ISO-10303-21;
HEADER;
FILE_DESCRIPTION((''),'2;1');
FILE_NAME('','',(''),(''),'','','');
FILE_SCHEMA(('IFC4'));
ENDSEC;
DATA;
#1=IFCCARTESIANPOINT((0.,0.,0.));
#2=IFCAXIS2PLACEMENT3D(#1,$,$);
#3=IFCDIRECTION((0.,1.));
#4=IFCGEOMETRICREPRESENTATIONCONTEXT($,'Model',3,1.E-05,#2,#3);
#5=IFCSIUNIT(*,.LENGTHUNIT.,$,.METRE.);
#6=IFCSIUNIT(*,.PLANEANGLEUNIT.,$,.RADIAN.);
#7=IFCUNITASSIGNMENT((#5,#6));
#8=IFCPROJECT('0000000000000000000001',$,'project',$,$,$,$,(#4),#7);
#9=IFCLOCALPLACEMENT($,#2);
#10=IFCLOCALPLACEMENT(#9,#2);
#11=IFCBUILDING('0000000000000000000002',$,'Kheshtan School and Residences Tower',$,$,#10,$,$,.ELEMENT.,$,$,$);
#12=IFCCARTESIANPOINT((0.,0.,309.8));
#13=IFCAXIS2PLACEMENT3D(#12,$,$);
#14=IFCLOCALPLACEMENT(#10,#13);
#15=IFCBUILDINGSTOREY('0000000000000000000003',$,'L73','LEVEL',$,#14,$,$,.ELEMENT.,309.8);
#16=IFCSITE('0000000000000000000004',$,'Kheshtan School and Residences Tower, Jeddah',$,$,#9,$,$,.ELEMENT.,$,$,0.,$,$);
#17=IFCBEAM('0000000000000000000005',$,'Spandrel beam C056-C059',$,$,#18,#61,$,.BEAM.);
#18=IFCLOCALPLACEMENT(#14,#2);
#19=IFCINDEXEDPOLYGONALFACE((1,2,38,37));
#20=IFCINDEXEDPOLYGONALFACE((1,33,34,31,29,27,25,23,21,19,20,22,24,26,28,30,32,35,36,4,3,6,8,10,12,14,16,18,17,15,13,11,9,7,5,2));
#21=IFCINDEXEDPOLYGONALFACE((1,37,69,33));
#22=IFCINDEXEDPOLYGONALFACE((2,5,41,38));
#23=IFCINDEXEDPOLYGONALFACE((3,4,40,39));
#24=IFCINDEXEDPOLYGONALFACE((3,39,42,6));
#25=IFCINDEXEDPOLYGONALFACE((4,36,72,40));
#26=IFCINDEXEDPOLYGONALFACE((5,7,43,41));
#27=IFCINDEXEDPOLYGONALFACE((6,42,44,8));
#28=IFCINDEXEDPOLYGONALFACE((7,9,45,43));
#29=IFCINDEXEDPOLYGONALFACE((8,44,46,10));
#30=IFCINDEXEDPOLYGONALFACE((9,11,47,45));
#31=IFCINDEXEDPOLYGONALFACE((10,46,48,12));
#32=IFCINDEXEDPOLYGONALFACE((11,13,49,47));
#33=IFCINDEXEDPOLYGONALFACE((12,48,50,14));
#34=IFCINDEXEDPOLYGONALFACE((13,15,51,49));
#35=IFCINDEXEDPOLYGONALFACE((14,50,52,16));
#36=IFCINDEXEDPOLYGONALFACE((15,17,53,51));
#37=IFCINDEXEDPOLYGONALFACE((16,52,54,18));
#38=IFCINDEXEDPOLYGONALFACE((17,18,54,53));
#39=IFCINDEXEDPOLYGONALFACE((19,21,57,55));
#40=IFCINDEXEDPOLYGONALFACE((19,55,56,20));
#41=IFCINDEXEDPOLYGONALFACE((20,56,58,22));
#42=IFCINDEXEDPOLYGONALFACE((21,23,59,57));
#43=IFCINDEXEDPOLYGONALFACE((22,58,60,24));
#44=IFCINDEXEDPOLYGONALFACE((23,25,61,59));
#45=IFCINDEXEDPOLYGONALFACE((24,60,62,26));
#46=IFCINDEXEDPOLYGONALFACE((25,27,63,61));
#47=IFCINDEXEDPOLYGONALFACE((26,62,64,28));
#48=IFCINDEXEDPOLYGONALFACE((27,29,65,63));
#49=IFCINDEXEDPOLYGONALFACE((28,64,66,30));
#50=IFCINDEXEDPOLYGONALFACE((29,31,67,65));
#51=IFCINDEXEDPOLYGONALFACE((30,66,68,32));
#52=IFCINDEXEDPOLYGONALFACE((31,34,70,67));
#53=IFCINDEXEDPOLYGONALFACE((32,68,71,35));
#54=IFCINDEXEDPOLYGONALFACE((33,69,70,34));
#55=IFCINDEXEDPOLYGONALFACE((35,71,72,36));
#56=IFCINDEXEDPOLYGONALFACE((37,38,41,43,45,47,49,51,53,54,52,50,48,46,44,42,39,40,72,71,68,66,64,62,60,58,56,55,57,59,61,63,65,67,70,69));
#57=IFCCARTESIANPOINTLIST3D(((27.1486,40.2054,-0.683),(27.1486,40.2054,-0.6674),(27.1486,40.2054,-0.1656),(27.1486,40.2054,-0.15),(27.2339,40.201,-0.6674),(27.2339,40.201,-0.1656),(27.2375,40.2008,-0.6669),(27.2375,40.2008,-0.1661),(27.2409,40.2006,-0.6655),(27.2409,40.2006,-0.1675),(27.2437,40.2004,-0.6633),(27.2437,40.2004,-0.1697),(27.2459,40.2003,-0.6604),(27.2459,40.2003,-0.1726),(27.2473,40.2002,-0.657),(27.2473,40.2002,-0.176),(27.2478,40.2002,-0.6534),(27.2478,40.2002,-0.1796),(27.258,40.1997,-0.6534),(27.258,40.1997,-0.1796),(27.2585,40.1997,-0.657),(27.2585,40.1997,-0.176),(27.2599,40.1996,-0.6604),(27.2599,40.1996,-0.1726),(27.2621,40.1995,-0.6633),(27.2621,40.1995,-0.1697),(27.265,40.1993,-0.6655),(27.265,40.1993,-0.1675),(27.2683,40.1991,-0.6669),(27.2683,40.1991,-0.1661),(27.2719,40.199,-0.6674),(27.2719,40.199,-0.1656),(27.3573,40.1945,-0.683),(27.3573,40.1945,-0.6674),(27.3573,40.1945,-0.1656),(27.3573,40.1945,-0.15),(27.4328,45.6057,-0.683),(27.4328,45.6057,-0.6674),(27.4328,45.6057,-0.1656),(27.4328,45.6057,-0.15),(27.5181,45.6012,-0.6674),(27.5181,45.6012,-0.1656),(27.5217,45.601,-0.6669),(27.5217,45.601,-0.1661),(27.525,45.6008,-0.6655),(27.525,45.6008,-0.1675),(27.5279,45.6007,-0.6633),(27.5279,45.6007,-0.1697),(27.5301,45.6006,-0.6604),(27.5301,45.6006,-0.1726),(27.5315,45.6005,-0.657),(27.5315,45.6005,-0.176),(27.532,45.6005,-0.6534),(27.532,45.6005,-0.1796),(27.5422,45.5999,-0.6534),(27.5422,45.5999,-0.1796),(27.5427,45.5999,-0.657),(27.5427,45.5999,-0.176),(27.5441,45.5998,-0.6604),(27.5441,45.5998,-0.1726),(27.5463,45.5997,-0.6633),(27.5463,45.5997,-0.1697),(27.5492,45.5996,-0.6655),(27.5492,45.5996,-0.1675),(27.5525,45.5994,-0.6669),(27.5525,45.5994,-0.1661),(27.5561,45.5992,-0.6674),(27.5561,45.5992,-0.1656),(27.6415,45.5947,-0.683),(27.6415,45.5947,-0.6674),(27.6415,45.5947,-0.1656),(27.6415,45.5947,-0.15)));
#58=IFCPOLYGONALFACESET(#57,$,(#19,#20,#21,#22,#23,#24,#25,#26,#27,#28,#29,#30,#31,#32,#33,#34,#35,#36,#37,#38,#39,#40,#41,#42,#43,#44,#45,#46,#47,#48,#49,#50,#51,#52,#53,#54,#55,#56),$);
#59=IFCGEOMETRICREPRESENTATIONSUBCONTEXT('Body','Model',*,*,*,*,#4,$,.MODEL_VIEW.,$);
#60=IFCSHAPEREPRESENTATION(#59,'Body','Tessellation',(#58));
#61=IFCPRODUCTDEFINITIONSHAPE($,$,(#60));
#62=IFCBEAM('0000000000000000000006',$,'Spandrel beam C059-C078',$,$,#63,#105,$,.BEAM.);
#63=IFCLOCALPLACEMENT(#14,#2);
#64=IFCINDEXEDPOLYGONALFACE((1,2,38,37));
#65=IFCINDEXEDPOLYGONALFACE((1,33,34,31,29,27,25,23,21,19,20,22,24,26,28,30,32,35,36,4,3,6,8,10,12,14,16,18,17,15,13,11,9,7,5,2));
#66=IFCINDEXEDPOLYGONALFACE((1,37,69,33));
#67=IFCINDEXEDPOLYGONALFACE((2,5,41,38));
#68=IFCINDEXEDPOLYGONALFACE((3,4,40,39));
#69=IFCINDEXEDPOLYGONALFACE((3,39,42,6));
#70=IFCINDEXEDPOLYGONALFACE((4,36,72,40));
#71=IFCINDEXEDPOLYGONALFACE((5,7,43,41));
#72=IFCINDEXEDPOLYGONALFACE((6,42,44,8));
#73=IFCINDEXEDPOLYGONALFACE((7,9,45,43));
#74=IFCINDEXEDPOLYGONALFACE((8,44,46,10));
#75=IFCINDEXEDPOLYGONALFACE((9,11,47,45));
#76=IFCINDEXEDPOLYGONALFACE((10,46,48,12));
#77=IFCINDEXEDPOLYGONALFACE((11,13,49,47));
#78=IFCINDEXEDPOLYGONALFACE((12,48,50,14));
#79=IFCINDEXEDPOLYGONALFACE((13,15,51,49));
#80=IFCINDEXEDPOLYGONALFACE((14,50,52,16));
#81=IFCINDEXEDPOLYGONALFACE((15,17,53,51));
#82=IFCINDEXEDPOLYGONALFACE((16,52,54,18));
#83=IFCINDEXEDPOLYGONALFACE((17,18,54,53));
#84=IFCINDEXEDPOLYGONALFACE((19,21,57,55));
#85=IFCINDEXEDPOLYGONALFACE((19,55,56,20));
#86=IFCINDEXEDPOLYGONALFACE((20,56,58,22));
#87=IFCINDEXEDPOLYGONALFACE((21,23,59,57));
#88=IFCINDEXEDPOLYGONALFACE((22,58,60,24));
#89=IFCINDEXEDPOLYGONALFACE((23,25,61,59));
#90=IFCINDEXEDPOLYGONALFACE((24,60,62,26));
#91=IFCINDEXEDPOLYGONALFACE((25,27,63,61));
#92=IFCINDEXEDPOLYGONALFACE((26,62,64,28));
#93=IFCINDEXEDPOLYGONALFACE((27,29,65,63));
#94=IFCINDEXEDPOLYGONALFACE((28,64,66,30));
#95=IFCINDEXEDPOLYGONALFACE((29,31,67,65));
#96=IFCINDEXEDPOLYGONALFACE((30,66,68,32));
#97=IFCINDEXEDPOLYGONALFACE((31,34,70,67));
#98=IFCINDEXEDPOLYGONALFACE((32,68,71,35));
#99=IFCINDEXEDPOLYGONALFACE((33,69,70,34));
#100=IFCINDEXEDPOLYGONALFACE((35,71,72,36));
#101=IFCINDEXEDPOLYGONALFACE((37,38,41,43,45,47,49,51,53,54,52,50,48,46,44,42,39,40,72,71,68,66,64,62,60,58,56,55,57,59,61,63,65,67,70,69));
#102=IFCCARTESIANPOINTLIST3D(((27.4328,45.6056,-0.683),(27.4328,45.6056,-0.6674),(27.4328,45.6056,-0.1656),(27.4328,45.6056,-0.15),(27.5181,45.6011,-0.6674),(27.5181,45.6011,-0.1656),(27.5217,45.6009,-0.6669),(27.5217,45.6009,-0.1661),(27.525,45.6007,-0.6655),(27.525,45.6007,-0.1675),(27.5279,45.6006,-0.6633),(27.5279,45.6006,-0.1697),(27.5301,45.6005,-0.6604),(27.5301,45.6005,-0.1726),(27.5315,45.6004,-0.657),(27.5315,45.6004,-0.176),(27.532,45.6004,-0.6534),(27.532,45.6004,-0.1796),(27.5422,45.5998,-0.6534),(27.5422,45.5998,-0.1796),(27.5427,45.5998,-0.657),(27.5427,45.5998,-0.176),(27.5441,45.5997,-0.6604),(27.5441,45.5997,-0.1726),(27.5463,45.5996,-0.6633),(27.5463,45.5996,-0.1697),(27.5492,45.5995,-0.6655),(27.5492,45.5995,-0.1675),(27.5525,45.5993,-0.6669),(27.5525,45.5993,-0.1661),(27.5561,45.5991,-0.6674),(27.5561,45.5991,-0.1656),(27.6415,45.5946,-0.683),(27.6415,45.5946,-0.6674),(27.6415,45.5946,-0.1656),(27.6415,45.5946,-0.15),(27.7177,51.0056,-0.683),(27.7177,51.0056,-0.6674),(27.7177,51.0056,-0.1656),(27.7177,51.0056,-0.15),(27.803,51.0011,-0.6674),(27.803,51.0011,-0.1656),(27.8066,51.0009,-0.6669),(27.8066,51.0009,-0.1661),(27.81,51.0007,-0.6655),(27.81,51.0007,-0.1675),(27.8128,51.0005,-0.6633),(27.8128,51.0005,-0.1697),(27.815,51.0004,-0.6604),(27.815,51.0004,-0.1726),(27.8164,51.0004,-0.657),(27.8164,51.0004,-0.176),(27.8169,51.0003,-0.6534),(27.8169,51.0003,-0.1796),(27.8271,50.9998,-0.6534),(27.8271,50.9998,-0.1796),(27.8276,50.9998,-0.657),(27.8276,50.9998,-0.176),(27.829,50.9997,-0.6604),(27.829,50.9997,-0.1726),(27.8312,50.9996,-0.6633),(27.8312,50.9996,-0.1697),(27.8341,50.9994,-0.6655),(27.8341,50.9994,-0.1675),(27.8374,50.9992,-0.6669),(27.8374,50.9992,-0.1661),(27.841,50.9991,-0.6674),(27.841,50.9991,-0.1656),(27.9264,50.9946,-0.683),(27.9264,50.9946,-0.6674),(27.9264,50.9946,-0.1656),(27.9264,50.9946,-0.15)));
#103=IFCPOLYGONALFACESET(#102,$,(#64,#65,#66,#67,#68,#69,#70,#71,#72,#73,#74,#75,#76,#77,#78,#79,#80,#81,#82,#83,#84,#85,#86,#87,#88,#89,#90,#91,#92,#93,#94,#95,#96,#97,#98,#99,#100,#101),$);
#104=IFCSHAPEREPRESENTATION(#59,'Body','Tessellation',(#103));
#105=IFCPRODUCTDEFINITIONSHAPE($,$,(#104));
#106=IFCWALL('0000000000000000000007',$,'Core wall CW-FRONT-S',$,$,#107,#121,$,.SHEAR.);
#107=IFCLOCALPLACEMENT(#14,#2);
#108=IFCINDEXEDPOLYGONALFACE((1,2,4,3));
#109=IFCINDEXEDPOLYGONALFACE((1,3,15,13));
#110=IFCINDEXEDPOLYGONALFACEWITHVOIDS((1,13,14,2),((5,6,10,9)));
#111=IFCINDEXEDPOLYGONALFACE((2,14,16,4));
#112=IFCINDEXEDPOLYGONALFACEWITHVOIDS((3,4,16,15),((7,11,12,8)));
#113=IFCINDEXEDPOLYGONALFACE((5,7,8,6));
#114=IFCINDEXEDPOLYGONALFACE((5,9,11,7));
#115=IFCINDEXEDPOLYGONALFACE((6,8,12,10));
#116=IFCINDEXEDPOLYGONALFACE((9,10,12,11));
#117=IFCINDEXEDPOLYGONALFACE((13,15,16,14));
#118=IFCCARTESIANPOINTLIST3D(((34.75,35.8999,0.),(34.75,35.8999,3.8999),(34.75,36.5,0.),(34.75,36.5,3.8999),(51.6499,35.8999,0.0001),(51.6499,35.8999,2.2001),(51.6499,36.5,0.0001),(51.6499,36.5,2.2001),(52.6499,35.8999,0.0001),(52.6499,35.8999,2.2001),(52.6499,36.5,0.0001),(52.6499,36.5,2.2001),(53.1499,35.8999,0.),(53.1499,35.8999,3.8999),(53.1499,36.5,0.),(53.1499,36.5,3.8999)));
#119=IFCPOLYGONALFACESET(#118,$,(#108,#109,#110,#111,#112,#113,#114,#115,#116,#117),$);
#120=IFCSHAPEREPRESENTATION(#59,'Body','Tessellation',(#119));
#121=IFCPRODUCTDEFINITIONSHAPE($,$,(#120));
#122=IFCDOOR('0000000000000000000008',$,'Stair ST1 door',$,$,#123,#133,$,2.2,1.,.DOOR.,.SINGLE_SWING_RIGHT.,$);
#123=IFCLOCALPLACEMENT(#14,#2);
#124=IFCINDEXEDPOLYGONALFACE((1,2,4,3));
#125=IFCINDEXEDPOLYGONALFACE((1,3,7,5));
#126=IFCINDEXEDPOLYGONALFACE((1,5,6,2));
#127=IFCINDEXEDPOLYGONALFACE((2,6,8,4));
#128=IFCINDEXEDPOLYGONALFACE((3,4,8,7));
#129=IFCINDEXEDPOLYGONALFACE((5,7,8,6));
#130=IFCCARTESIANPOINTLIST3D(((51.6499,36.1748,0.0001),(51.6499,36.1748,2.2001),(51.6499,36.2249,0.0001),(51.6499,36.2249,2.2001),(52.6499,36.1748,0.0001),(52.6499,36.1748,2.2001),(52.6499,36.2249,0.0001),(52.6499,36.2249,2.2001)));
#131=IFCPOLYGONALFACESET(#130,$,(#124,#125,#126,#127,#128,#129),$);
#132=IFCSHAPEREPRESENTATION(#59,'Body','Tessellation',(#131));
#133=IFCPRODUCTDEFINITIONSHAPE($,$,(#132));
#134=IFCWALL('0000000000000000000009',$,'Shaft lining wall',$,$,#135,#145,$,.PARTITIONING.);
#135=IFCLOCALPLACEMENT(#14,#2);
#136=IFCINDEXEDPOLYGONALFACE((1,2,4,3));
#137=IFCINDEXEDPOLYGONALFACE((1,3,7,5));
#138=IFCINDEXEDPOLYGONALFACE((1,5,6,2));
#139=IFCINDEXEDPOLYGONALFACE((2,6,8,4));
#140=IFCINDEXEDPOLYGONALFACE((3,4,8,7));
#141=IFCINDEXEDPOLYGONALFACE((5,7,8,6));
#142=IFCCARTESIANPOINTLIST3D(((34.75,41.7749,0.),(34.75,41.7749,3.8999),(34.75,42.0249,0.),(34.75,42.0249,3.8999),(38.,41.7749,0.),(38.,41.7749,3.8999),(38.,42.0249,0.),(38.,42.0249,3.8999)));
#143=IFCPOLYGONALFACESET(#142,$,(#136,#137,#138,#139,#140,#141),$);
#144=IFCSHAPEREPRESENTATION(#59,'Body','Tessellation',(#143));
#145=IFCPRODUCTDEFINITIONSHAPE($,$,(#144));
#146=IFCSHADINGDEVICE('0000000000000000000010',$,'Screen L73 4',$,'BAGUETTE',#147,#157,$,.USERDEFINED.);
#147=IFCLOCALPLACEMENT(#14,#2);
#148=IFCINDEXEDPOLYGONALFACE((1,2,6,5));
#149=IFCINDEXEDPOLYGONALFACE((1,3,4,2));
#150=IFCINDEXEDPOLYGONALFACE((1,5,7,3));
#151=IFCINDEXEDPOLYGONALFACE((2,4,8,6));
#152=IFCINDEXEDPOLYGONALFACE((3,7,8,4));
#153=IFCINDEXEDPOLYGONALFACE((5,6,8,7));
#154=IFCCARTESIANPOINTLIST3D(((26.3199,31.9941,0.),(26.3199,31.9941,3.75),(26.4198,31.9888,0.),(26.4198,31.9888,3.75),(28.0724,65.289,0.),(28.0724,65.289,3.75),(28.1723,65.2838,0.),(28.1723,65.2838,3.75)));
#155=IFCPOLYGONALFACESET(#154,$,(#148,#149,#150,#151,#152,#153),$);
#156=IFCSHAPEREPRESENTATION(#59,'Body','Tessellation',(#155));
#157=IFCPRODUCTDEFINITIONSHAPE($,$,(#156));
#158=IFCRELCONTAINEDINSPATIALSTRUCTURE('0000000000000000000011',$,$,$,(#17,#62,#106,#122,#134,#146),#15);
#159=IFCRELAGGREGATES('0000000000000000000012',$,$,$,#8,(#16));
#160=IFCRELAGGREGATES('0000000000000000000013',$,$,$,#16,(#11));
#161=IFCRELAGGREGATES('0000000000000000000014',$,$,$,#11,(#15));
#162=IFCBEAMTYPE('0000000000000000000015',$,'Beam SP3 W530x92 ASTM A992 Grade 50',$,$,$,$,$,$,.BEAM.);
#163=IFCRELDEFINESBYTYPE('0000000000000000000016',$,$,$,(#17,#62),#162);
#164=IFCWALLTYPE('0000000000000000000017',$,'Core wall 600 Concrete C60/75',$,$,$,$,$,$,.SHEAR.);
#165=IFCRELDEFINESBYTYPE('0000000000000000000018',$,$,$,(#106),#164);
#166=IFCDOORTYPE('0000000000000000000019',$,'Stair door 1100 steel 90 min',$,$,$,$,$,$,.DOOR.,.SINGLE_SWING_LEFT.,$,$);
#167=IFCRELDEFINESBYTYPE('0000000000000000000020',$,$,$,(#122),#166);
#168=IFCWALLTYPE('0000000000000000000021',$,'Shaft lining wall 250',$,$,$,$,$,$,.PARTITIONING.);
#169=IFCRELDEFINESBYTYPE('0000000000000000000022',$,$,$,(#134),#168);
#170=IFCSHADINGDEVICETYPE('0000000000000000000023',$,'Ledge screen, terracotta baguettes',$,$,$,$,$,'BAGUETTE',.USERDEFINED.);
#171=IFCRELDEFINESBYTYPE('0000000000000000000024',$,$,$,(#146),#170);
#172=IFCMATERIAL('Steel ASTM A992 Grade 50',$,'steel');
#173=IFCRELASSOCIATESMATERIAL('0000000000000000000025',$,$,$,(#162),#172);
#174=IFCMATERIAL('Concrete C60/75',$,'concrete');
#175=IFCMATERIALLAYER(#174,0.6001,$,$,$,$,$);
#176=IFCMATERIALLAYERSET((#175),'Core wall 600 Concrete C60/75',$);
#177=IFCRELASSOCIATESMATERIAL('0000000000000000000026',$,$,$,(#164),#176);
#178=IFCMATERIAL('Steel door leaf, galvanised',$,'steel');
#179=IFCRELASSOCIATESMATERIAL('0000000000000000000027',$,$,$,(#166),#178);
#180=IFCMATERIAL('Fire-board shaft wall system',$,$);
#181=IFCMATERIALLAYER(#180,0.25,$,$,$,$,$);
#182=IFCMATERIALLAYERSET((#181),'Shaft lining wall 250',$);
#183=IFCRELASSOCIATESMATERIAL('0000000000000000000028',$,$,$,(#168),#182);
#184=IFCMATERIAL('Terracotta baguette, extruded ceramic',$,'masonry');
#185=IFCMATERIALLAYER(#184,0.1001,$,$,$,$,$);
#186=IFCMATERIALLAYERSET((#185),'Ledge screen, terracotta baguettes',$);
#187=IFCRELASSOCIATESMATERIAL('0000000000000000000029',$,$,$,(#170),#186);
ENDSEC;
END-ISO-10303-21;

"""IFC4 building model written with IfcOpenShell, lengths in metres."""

from ifc_helpers import new_model, si_unit, direction, frame, frame_2d, origin, origin_2d, place, context, subcontext, project, spatial, rectangle, i_section, extrude, source, transform, mapped, material, layer, layer_set, material_profile, profile_set, type_object, element, fill, save


model = new_model("IFC4")

# Units and contexts
model_context = context("Model", 3, precision=1e-05, world=origin(), true_north=direction((0.0, 1.0)))
body_context = subcontext(model_context, "Body", "Model", "MODEL_VIEW")
ifc_project = project(units=[si_unit("LENGTHUNIT", "METRE"), si_unit("PLANEANGLEUNIT", "RADIAN")], contexts=[model_context])

# Site, building, storey
site_placement = place(None, origin())
site = spatial("IfcSite", under=ifc_project, at=site_placement, Name="Kheshtan School and Residences Tower, Jeddah", CompositionType="ELEMENT", RefElevation=0.0)
building_placement = place(site_placement, origin())
building = spatial("IfcBuilding", under=site, at=building_placement, Name="Kheshtan School and Residences Tower", CompositionType="ELEMENT")
storey_placement = place(building_placement, frame((0.0, 0.0, 309.8)))
storey = spatial("IfcBuildingStorey", under=building, at=storey_placement, Name="L73", Description="LEVEL", CompositionType="ELEMENT", Elevation=309.8)

# Shared definitions
ifc_material_1 = material(Name="Steel ASTM A992 Grade 50", Category="steel")

# Beams
ifc_material_profile_1 = material_profile(ifc_material_1, i_section(OverallWidth=0.209, OverallDepth=0.533, WebThickness=0.0103, FlangeThickness=0.0156, FilletRadius=0.0139, at=origin_2d()), Name="W530x92")
ifc_profile_set_1 = profile_set([ifc_material_profile_1], Name="Steel ASTM A992 Grade 50")
beam_type_1 = type_object("IfcBeamType", Name="Beam SP3 W530x92 ASTM A992 Grade 50", PredefinedType="BEAM", material=ifc_profile_set_1)
beam_1_placement = place(storey_placement, frame((27.2529, 40.2, -0.4165), z_axis=(0.052552, 0.998618, 0.0), x_axis=(-0.998618, 0.052552, 0.0)))
element("IfcBeam", 1, at=beam_1_placement, inside=storey, type_object=beam_type_1, Name="Spandrel beam C056-C059", PredefinedType="BEAM", context=body_context, shape_type="SweptSolid", body=[
    extrude(i_section(OverallWidth=0.209, OverallDepth=0.533, WebThickness=0.0103, FlangeThickness=0.0156, FilletRadius=0.0139, at=origin_2d()), origin(), (0.0, 0.0, 1.0), 5.4077),
])
beam_2_placement = place(storey_placement, frame((27.5371, 45.6001, -0.4165), z_axis=(0.052689, 0.998611, 0.0), x_axis=(-0.998611, 0.052689, 0.0)))
element("IfcBeam", 2, at=beam_2_placement, inside=storey, type_object=beam_type_1, Name="Spandrel beam C059-C078", PredefinedType="BEAM", context=body_context, shape_type="SweptSolid", body=[
    extrude(i_section(OverallWidth=0.209, OverallDepth=0.533, WebThickness=0.0103, FlangeThickness=0.0156, FilletRadius=0.0139, at=origin_2d()), origin(), (0.0, 0.0, 1.0), 5.4075),
])

# Wall, opening, door
ifc_material_2 = material(Name="Concrete C60/75", Category="concrete")
ifc_layer_1 = layer(ifc_material_2, 0.6001)
ifc_layer_set_1 = layer_set([ifc_layer_1], Name="Core wall 600 Concrete C60/75")
wall_type_1 = type_object("IfcWallType", Name="Core wall 600 Concrete C60/75", PredefinedType="SHEAR", material=ifc_layer_set_1)
wall_1_placement = place(storey_placement, frame((34.75, 36.2, 0.0), z_axis=(0.0, 0.0, 1.0), x_axis=(1.0, 0.0, 0.0)))
wall_1 = element("IfcWall", 3, at=wall_1_placement, inside=storey, type_object=wall_type_1, Name="Core wall CW-FRONT-S", PredefinedType="SHEAR", context=body_context, shape_type="SweptSolid", body=[
    extrude(rectangle(XDim=18.3999, YDim=0.6001, at=frame_2d((9.2, 0.0))), origin(), (0.0, 0.0, 1.0), 3.8999),
])
opening_placement = place(wall_1_placement, frame((16.8999, 0.0, 0.0)))
opening = element("IfcOpeningElement", 4, at=opening_placement, cuts=wall_1, PredefinedType="OPENING", context=body_context, shape_type="SweptSolid", body=[
    extrude(rectangle(XDim=1.0, YDim=2.2, at=frame_2d((0.5, 1.1001))), frame((0.0, 0.3101, 0.0), z_axis=(0.0, -1.0, 0.0), x_axis=(1.0, 0.0, 0.0)), (0.0, 0.0, 1.0), 0.6201),
])
ifc_material_3 = material(Name="Steel door leaf, galvanised", Category="steel")
door_type = type_object("IfcDoorType", Name="Stair door 1100 steel 90 min", OperationType="SINGLE_SWING_LEFT", PredefinedType="DOOR", material=ifc_material_3)
shared_shape = source(origin(), body_context, "Body", "SweptSolid", [
    extrude(rectangle(XDim=1.0, YDim=2.2, at=frame_2d((0.5, 1.1001))), frame((0.0, 0.0249, 0.0), z_axis=(0.0, -1.0, 0.0), x_axis=(1.0, 0.0, 0.0)), (0.0, 0.0, 1.0), 0.05),
])
door_placement = place(opening_placement, origin())
door = element("IfcDoor", 5, at=door_placement, inside=storey, type_object=door_type, Name="Stair ST1 door", OperationType="SINGLE_SWING_RIGHT", OverallHeight=2.2, OverallWidth=1.0, PredefinedType="DOOR", context=body_context, shape_type="MappedRepresentation", body=[
    mapped(shared_shape, transform((0.0, 0.0, 0.0), x_axis=(1.0, 0.0, 0.0), y_axis=(0.0, 1.0, 0.0), z_axis=(0.0, 0.0, 1.0), scale=1.0)),
])
fill(opening, door)

# Wall
ifc_material_4 = material(Name="Fire-board shaft wall system")
ifc_layer_2 = layer(ifc_material_4, 0.25)
ifc_layer_set_2 = layer_set([ifc_layer_2], Name="Shaft lining wall 250")
wall_type_2 = type_object("IfcWallType", Name="Shaft lining wall 250", PredefinedType="PARTITIONING", material=ifc_layer_set_2)
wall_2_placement = place(storey_placement, frame((34.75, 41.8999, 0.0), z_axis=(0.0, 0.0, 1.0), x_axis=(1.0, 0.0, 0.0)))
element("IfcWall", 6, at=wall_2_placement, inside=storey, type_object=wall_type_2, Name="Shaft lining wall", PredefinedType="PARTITIONING", context=body_context, shape_type="SweptSolid", body=[
    extrude(rectangle(XDim=3.25, YDim=0.25, at=frame_2d((1.625, 0.0))), origin(), (0.0, 0.0, 1.0), 3.8999),
])

# Shading device
ifc_material_5 = material(Name="Terracotta baguette, extruded ceramic", Category="masonry")
ifc_layer_3 = layer(ifc_material_5, 0.1001)
ifc_layer_set_3 = layer_set([ifc_layer_3], Name="Ledge screen, terracotta baguettes")
shading_device_type = type_object("IfcShadingDeviceType", Name="Ledge screen, terracotta baguettes", ElementType="BAGUETTE", PredefinedType="USERDEFINED", material=ifc_layer_set_3)
shading_device_placement = place(storey_placement, frame((27.2461, 48.6389, 0.0), z_axis=(0.0, 0.0, 1.0), x_axis=(0.052563, 0.998618, 0.0)))
element("IfcShadingDevice", 7, at=shading_device_placement, inside=storey, type_object=shading_device_type, Name="Screen L73 4", ObjectType="BAGUETTE", PredefinedType="USERDEFINED", context=body_context, shape_type="SweptSolid", body=[
    extrude(rectangle(XDim=33.3411, YDim=0.1001, at=origin_2d()), origin(), (0.0, 0.0, 1.0), 3.75),
])

save(model, "model.ifc")
